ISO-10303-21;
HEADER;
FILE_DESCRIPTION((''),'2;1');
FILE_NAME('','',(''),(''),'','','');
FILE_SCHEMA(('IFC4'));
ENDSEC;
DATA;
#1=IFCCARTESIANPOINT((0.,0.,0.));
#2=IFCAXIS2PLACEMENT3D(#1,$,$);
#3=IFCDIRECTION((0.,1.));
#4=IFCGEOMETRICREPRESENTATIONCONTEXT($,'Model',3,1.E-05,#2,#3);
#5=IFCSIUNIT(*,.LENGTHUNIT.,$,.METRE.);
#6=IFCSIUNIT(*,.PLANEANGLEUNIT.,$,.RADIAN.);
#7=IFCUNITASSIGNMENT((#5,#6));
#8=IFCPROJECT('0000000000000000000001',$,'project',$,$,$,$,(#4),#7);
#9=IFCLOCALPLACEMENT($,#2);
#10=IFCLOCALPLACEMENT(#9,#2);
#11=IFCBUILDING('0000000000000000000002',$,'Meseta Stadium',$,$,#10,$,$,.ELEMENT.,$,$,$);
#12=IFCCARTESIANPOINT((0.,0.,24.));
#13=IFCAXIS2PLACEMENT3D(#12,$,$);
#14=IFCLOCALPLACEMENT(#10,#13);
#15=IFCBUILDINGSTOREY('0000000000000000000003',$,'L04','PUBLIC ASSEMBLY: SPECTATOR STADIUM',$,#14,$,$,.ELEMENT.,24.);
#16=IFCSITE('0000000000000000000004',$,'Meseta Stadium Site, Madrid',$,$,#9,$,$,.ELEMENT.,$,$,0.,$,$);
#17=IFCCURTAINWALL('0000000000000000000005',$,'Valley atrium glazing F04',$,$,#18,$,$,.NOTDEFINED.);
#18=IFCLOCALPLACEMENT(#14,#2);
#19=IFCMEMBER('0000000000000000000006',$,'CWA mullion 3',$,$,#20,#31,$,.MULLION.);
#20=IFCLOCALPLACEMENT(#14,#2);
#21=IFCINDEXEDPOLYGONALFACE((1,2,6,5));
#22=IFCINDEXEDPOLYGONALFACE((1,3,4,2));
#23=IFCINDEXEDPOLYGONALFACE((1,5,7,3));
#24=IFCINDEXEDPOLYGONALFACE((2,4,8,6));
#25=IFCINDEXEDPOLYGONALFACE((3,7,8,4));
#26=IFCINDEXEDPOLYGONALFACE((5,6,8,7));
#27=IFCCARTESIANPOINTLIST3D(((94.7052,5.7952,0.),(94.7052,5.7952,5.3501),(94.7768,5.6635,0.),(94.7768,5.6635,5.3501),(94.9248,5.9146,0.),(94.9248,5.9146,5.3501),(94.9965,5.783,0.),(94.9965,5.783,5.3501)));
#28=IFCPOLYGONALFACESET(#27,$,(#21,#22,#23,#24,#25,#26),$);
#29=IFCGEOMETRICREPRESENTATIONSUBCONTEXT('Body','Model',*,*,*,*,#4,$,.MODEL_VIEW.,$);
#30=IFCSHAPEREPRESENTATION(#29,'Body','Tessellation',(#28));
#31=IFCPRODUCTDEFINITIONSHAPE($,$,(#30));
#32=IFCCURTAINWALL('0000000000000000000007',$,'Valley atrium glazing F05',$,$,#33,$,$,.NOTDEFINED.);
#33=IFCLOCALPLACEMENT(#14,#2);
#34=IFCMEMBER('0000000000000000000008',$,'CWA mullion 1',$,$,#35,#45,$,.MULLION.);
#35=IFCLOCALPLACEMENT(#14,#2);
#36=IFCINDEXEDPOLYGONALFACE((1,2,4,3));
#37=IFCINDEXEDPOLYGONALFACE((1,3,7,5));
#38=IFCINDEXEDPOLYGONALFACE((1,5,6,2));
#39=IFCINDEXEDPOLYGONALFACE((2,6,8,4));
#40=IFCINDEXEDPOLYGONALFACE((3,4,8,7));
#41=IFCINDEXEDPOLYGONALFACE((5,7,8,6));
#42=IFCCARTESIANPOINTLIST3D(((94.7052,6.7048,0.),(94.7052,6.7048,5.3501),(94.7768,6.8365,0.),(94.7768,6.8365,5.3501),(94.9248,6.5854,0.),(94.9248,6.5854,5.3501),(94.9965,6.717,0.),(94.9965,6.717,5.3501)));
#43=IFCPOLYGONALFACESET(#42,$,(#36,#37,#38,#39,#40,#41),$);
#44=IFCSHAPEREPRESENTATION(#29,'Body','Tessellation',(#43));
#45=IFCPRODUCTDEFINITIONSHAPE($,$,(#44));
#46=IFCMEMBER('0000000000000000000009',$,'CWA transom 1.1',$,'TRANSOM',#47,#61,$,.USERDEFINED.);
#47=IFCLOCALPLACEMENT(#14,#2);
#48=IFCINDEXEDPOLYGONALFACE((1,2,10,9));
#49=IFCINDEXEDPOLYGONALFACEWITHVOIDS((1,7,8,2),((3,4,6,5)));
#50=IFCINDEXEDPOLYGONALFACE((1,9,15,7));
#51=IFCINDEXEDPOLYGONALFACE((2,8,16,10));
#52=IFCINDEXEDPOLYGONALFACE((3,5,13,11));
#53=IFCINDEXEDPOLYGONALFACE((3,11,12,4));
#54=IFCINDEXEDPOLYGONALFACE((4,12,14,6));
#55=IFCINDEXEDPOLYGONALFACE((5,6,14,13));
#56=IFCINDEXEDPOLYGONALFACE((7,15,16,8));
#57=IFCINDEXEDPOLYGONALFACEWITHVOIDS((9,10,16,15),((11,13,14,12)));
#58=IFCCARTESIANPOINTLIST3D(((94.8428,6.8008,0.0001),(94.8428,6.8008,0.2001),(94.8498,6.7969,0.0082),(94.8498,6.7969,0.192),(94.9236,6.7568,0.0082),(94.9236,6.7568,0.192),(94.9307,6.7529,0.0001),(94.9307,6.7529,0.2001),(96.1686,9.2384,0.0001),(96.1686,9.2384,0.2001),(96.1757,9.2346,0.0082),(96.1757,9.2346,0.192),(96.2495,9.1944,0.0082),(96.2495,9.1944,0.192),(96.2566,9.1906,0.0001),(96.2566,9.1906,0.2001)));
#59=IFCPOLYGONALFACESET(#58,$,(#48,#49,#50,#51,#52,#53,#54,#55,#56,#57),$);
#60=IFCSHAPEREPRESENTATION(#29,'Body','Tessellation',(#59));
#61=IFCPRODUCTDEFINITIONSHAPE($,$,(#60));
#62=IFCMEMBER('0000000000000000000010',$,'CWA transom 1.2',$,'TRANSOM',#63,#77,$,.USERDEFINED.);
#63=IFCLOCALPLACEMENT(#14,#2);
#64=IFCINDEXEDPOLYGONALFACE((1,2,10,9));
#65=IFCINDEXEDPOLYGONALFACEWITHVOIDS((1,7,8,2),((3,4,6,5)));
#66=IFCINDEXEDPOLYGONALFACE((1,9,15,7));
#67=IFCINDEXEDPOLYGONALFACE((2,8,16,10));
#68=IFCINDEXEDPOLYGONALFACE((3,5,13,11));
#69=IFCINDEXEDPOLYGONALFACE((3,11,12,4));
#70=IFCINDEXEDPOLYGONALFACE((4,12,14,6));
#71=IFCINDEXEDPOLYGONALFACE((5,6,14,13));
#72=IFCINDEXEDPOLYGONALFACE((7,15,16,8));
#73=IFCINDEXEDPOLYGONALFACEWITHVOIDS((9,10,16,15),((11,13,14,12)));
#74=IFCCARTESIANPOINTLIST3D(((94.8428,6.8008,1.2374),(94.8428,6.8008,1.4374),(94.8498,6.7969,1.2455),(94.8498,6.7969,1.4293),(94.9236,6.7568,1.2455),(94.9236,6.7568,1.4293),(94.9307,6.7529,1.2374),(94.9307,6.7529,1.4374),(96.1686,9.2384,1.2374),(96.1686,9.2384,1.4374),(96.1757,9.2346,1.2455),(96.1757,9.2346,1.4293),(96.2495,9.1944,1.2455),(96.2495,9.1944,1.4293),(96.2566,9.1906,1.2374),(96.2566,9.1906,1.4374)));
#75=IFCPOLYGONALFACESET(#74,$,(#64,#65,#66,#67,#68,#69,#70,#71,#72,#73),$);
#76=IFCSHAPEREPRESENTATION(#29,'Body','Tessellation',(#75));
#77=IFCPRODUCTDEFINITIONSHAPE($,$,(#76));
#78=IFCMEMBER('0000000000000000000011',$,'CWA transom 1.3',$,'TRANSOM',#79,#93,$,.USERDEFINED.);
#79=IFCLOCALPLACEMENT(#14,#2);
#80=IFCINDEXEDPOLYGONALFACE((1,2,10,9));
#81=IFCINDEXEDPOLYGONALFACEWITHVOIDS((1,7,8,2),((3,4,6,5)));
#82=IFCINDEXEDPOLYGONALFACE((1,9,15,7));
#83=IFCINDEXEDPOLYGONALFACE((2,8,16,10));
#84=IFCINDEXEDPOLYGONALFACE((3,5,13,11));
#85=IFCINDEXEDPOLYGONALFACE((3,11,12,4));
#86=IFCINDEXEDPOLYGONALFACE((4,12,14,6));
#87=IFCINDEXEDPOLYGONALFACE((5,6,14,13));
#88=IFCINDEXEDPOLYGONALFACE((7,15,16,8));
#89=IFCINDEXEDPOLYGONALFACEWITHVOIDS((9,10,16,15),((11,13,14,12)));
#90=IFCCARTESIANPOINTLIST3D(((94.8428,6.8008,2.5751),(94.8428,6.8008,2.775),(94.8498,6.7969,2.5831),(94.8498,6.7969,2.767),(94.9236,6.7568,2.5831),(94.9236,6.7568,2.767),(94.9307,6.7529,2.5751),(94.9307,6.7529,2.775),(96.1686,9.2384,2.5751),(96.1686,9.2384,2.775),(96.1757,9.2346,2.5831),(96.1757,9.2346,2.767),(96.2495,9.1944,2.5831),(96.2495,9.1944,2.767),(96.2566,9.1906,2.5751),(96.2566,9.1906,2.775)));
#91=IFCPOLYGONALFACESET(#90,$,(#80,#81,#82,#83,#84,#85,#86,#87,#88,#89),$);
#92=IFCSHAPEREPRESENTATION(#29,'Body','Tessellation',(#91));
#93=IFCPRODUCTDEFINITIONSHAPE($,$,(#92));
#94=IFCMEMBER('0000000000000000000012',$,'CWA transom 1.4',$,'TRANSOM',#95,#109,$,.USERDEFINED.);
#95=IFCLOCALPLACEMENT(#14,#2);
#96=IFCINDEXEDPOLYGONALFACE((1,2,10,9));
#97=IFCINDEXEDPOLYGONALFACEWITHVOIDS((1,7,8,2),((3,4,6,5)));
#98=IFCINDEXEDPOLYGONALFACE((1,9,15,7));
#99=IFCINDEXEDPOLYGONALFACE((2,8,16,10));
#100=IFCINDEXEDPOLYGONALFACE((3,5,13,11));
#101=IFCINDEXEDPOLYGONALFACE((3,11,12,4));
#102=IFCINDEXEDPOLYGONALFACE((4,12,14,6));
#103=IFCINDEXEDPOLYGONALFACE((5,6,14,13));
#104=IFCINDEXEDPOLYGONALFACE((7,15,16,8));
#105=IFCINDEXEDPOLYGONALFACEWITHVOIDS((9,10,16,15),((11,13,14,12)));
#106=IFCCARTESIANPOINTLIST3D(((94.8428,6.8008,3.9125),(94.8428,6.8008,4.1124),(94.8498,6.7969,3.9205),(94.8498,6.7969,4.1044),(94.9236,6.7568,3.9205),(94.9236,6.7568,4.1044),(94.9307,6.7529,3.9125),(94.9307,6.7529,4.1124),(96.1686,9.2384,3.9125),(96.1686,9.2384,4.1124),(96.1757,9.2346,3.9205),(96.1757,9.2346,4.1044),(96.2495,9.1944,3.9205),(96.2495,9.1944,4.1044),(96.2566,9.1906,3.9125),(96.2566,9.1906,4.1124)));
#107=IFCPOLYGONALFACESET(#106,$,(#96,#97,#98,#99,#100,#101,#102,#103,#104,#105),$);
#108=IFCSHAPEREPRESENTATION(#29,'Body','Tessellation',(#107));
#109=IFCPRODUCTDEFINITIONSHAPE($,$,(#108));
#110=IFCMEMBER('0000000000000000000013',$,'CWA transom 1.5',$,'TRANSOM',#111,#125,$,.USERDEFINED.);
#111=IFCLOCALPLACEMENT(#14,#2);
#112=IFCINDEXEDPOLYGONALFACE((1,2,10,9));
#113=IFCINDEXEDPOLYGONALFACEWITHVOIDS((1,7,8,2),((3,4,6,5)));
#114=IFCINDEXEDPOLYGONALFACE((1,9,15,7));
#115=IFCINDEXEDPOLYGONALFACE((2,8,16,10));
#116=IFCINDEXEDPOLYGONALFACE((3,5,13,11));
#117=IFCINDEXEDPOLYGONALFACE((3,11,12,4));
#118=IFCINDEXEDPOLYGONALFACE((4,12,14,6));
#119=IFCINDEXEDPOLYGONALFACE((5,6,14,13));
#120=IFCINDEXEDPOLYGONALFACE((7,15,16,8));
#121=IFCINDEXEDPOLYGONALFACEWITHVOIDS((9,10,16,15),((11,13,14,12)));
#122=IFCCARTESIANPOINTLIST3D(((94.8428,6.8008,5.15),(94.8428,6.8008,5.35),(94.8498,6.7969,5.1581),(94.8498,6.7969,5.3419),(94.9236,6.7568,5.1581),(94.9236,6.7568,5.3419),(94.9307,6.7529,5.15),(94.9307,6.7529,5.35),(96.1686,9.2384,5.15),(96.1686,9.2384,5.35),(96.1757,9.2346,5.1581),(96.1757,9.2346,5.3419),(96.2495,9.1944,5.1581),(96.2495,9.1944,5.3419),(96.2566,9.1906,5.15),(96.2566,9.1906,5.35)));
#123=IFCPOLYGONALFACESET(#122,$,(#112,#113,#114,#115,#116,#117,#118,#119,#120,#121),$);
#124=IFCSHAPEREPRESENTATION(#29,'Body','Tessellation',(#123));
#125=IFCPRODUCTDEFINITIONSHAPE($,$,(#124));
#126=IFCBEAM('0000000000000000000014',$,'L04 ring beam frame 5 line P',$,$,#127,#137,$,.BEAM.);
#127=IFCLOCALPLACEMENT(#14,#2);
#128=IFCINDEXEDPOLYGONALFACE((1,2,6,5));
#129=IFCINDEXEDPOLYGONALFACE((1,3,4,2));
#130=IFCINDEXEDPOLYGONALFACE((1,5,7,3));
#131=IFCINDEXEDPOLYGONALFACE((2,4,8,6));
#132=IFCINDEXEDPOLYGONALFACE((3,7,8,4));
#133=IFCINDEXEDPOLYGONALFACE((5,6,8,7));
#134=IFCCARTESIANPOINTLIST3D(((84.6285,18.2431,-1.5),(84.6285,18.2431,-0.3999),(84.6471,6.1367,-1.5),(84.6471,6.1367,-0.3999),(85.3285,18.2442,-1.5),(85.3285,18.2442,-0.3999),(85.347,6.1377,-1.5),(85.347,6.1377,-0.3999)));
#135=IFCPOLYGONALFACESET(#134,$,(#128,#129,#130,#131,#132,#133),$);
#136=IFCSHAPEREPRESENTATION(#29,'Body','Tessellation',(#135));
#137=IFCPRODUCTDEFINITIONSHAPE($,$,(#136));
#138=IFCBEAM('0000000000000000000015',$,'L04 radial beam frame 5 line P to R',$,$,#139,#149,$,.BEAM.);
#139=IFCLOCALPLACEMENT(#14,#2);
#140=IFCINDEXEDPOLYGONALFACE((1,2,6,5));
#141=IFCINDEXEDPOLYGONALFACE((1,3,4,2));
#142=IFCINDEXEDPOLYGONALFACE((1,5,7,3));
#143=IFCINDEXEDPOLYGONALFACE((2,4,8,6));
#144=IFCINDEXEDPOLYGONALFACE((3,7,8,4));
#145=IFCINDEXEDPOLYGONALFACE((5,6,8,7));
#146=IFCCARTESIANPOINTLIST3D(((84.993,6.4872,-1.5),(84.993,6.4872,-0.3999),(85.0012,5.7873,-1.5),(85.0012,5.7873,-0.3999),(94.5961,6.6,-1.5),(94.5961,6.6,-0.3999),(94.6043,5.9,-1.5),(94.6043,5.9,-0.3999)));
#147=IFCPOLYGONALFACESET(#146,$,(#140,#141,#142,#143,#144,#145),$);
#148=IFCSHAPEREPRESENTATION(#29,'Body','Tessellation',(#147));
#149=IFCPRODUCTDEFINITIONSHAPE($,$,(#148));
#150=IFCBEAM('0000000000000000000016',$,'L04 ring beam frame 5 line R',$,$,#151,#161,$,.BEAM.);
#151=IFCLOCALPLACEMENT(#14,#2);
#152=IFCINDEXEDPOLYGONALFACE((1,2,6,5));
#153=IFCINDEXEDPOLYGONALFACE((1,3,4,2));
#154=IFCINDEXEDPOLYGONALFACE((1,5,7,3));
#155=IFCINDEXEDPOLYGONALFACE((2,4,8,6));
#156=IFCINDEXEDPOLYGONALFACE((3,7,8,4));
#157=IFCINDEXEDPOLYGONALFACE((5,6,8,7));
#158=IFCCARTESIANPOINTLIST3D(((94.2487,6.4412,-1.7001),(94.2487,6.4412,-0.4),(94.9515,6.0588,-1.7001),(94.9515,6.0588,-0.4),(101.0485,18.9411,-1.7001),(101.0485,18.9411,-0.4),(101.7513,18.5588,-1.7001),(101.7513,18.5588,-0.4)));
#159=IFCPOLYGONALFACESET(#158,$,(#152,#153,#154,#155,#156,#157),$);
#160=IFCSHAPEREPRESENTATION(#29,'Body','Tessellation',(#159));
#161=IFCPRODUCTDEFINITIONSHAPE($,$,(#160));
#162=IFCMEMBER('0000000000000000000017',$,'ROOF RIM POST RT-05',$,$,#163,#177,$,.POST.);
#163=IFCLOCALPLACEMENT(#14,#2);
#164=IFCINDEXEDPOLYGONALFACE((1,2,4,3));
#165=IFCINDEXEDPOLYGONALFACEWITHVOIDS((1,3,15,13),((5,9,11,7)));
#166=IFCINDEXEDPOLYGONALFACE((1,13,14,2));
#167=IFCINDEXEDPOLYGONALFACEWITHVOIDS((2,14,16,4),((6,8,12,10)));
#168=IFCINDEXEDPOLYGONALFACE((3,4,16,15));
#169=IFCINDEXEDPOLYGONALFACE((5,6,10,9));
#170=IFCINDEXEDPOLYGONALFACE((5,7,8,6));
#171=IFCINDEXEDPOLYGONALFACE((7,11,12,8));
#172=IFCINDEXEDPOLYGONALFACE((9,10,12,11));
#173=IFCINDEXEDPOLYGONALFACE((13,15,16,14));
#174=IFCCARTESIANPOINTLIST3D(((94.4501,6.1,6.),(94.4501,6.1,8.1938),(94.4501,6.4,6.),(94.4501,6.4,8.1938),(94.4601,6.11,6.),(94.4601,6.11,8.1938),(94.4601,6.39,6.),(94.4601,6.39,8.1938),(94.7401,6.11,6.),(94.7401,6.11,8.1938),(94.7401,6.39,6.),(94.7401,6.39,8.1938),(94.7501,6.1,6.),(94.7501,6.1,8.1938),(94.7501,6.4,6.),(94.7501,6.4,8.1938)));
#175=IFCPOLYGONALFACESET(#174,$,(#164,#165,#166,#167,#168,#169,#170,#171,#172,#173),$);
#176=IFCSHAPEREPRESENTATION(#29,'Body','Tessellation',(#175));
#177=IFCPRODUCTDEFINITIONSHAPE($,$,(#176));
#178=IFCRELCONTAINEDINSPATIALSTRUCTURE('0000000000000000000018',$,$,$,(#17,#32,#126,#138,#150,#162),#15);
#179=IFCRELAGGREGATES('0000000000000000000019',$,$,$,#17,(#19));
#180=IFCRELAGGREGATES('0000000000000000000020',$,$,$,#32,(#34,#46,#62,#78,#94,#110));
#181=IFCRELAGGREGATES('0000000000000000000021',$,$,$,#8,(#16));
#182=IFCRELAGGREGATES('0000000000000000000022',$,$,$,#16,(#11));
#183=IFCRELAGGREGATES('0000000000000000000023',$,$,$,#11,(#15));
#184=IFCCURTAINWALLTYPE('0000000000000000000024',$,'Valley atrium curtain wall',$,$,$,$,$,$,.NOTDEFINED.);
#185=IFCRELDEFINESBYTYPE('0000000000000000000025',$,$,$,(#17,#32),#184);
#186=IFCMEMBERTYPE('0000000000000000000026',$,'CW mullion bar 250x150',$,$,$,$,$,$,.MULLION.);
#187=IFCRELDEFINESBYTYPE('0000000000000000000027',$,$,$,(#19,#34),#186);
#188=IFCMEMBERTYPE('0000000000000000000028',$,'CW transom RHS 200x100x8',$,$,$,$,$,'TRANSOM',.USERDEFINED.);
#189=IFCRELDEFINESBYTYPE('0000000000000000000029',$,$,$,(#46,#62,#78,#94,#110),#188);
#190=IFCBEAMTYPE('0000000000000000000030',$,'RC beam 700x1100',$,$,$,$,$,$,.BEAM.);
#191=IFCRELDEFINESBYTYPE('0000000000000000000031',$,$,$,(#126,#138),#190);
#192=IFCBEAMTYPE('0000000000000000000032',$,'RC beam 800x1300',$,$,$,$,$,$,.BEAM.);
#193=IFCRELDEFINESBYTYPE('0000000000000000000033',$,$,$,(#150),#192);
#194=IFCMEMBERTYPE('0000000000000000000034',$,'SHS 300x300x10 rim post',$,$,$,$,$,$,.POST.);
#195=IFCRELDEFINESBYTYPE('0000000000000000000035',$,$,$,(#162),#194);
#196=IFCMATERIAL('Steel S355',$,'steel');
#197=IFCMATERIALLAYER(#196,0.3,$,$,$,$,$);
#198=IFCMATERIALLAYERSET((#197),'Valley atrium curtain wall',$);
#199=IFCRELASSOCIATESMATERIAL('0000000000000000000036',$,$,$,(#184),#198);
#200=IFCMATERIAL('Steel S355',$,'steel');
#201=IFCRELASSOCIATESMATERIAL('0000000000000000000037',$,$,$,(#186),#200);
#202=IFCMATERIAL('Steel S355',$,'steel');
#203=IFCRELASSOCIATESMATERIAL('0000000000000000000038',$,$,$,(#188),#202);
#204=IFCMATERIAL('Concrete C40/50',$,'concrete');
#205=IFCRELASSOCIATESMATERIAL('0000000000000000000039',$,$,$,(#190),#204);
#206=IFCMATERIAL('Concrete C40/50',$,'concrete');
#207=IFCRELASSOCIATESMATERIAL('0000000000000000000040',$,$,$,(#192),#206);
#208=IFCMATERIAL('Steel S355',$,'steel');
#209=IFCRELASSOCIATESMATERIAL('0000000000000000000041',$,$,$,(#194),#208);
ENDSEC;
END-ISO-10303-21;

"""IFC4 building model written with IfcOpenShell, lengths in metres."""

from ifc_helpers import new_model, si_unit, direction, frame, origin, origin_2d, place, context, subcontext, project, spatial, rectangle, hollow_rectangle, extrude, material, layer, layer_set, material_profile, profile_set, type_object, element, aggregate, save


model = new_model("IFC4")

# Units and contexts
model_context = context("Model", 3, precision=1e-05, world=origin(), true_north=direction((0.0, 1.0)))
body_context = subcontext(model_context, "Body", "Model", "MODEL_VIEW")
ifc_project = project(units=[si_unit("LENGTHUNIT", "METRE"), si_unit("PLANEANGLEUNIT", "RADIAN")], contexts=[model_context])

# Site, building, storey
site_placement = place(None, origin())
site = spatial("IfcSite", under=ifc_project, at=site_placement, Name="Meseta Stadium Site, Madrid", CompositionType="ELEMENT", RefElevation=0.0)
building_placement = place(site_placement, origin())
building = spatial("IfcBuilding", under=site, at=building_placement, Name="Meseta Stadium", CompositionType="ELEMENT")
storey_placement = place(building_placement, frame((0.0, 0.0, 24.0)))
storey = spatial("IfcBuildingStorey", under=building, at=storey_placement, Name="L04", Description="PUBLIC ASSEMBLY: SPECTATOR STADIUM", CompositionType="ELEMENT", Elevation=24.0)

# Curtain wall, member
ifc_material_1 = material(Name="Steel S355", Category="steel")
ifc_layer_1 = layer(ifc_material_1, 0.3)
ifc_layer_set_1 = layer_set([ifc_layer_1], Name="Valley atrium curtain wall")
curtain_wall_type = type_object("IfcCurtainWallType", Name="Valley atrium curtain wall", PredefinedType="NOTDEFINED", material=ifc_layer_set_1)
curtain_wall_1_placement = place(storey_placement, origin())
curtain_wall_1 = element("IfcCurtainWall", 1, at=curtain_wall_1_placement, inside=storey, type_object=curtain_wall_type, Name="Valley atrium glazing F04", PredefinedType="NOTDEFINED")
ifc_material_2 = material(Name="Steel S355", Category="steel")
ifc_material_profile_1 = material_profile(ifc_material_2, rectangle(XDim=0.25, YDim=0.1499, at=origin_2d()), Name="CW 250x150")
ifc_profile_set_1 = profile_set([ifc_material_profile_1], Name="Steel S355")
member_type_1 = type_object("IfcMemberType", Name="CW mullion bar 250x150", PredefinedType="MULLION", material=ifc_profile_set_1)
member_1_placement = place(storey_placement, frame((94.8508, 5.7891, 0.0), z_axis=(0.0, 0.0, 1.0), x_axis=(-0.878432, -0.477867, 0.0)))
member_1 = element("IfcMember", 2, at=member_1_placement, type_object=member_type_1, Name="CWA mullion 3", PredefinedType="MULLION", context=body_context, shape_type="SweptSolid", body=[
    extrude(rectangle(XDim=0.25, YDim=0.1499, at=origin_2d()), origin(), (0.0, 0.0, 1.0), 5.3501),
])
aggregate(curtain_wall_1, [member_1])

# Curtain wall, members
curtain_wall_2_placement = place(storey_placement, origin())
curtain_wall_2 = element("IfcCurtainWall", 3, at=curtain_wall_2_placement, inside=storey, type_object=curtain_wall_type, Name="Valley atrium glazing F05", PredefinedType="NOTDEFINED")
member_2_placement = place(storey_placement, frame((94.8508, 6.7109, 0.0), z_axis=(0.0, 0.0, 1.0), x_axis=(-0.878432, 0.477867, 0.0)))
member_2 = element("IfcMember", 4, at=member_2_placement, type_object=member_type_1, Name="CWA mullion 1", PredefinedType="MULLION", context=body_context, shape_type="SweptSolid", body=[
    extrude(rectangle(XDim=0.25, YDim=0.1499, at=origin_2d()), origin(), (0.0, 0.0, 1.0), 5.3501),
])
ifc_material_3 = material(Name="Steel S355", Category="steel")
ifc_material_profile_2 = material_profile(ifc_material_3, hollow_rectangle(XDim=0.1001, YDim=0.2, WallThickness=0.0081, at=origin_2d()), Name="RHS 200x100x8")
ifc_profile_set_2 = profile_set([ifc_material_profile_2], Name="Steel S355")
member_type_2 = type_object("IfcMemberType", Name="CW transom RHS 200x100x8", ElementType="TRANSOM", PredefinedType="USERDEFINED", material=ifc_profile_set_2)
member_3_placement = place(storey_placement, frame((94.8867, 6.7769, 0.1001), z_axis=(0.47781, 0.878463, 0.0), x_axis=(-0.878463, 0.47781, 0.0)))
member_3 = element("IfcMember", 5, at=member_3_placement, type_object=member_type_2, Name="CWA transom 1.1", ObjectType="TRANSOM", PredefinedType="USERDEFINED", context=body_context, shape_type="SweptSolid", body=[
    extrude(hollow_rectangle(XDim=0.1001, YDim=0.2, WallThickness=0.0081, at=origin_2d()), origin(), (0.0, 0.0, 1.0), 2.7749),
])
member_4_placement = place(storey_placement, frame((94.8867, 6.7769, 1.3374), z_axis=(0.47781, 0.878463, 0.0), x_axis=(-0.878463, 0.47781, 0.0)))
member_4 = element("IfcMember", 6, at=member_4_placement, type_object=member_type_2, Name="CWA transom 1.2", ObjectType="TRANSOM", PredefinedType="USERDEFINED", context=body_context, shape_type="SweptSolid", body=[
    extrude(hollow_rectangle(XDim=0.1001, YDim=0.2, WallThickness=0.0081, at=origin_2d()), origin(), (0.0, 0.0, 1.0), 2.7749),
])
member_5_placement = place(storey_placement, frame((94.8867, 6.7769, 2.675), z_axis=(0.47781, 0.878463, 0.0), x_axis=(-0.878463, 0.47781, 0.0)))
member_5 = element("IfcMember", 7, at=member_5_placement, type_object=member_type_2, Name="CWA transom 1.3", ObjectType="TRANSOM", PredefinedType="USERDEFINED", context=body_context, shape_type="SweptSolid", body=[
    extrude(hollow_rectangle(XDim=0.1001, YDim=0.2, WallThickness=0.0081, at=origin_2d()), origin(), (0.0, 0.0, 1.0), 2.7749),
])
member_6_placement = place(storey_placement, frame((94.8867, 6.7769, 4.0125), z_axis=(0.47781, 0.878463, 0.0), x_axis=(-0.878463, 0.47781, 0.0)))
member_6 = element("IfcMember", 8, at=member_6_placement, type_object=member_type_2, Name="CWA transom 1.4", ObjectType="TRANSOM", PredefinedType="USERDEFINED", context=body_context, shape_type="SweptSolid", body=[
    extrude(hollow_rectangle(XDim=0.1001, YDim=0.2, WallThickness=0.0081, at=origin_2d()), origin(), (0.0, 0.0, 1.0), 2.7749),
])
member_7_placement = place(storey_placement, frame((94.8867, 6.7769, 5.25), z_axis=(0.47781, 0.878463, 0.0), x_axis=(-0.878463, 0.47781, 0.0)))
member_7 = element("IfcMember", 9, at=member_7_placement, type_object=member_type_2, Name="CWA transom 1.5", ObjectType="TRANSOM", PredefinedType="USERDEFINED", context=body_context, shape_type="SweptSolid", body=[
    extrude(hollow_rectangle(XDim=0.1001, YDim=0.2, WallThickness=0.0081, at=origin_2d()), origin(), (0.0, 0.0, 1.0), 2.7749),
])
aggregate(curtain_wall_2, [member_2, member_3, member_4, member_5, member_6, member_7])

# Beams
ifc_material_4 = material(Name="Concrete C40/50", Category="concrete")
ifc_material_profile_3 = material_profile(ifc_material_4, rectangle(XDim=0.7, YDim=1.1001, at=origin_2d()), Name="RC 700x1100")
ifc_profile_set_3 = profile_set([ifc_material_profile_3], Name="Concrete C40/50")
beam_type_1 = type_object("IfcBeamType", Name="RC beam 700x1100", PredefinedType="BEAM", material=ifc_profile_set_3)
beam_1_placement = place(storey_placement, frame((84.9971, 6.1372, -0.95), z_axis=(-0.001533, 0.999999, 0.0), x_axis=(-0.999999, -0.001533, 0.0)))
element("IfcBeam", 10, at=beam_1_placement, inside=storey, type_object=beam_type_1, Name="L04 ring beam frame 5 line P", PredefinedType="BEAM", context=body_context, shape_type="SweptSolid", body=[
    extrude(rectangle(XDim=0.7, YDim=1.1001, at=origin_2d()), origin(), (0.0, 0.0, 1.0), 12.1064),
])
beam_2_placement = place(storey_placement, frame((84.9971, 6.1372, -0.95), z_axis=(0.999931, 0.011745, 0.0), x_axis=(-0.011745, 0.999931, 0.0)))
element("IfcBeam", 11, at=beam_2_placement, inside=storey, type_object=beam_type_1, Name="L04 radial beam frame 5 line P to R", PredefinedType="BEAM", context=body_context, shape_type="SweptSolid", body=[
    extrude(rectangle(XDim=0.7, YDim=1.1001, at=origin_2d()), origin(), (0.0, 0.0, 1.0), 9.6038),
])
ifc_material_5 = material(Name="Concrete C40/50", Category="concrete")
ifc_material_profile_4 = material_profile(ifc_material_5, rectangle(XDim=0.8, YDim=1.3, at=origin_2d()), Name="RC 800x1300")
ifc_profile_set_4 = profile_set([ifc_material_profile_4], Name="Concrete C40/50")
beam_type_2 = type_object("IfcBeamType", Name="RC beam 800x1300", PredefinedType="BEAM", material=ifc_profile_set_4)
beam_3_placement = place(storey_placement, frame((94.6001, 6.25, -1.05), z_axis=(0.477856, 0.878438, 0.0), x_axis=(-0.878438, 0.477856, 0.0)))
element("IfcBeam", 12, at=beam_3_placement, inside=storey, type_object=beam_type_2, Name="L04 ring beam frame 5 line R", PredefinedType="BEAM", context=body_context, shape_type="SweptSolid", body=[
    extrude(rectangle(XDim=0.8, YDim=1.3, at=origin_2d()), origin(), (0.0, 0.0, 1.0), 14.2297),
])

# Member
ifc_material_6 = material(Name="Steel S355", Category="steel")
ifc_material_profile_5 = material_profile(ifc_material_6, hollow_rectangle(XDim=0.3, YDim=0.3, WallThickness=0.01, at=origin_2d()), Name="SHS 300x300x10")
ifc_profile_set_5 = profile_set([ifc_material_profile_5], Name="Steel S355")
member_type_3 = type_object("IfcMemberType", Name="SHS 300x300x10 rim post", PredefinedType="POST", material=ifc_profile_set_5)
member_8_placement = place(storey_placement, frame((94.6001, 6.25, 6.0), z_axis=(0.0, 0.0, 1.0), x_axis=(1.0, 0.0, 0.0)))
element("IfcMember", 13, at=member_8_placement, inside=storey, type_object=member_type_3, Name="ROOF RIM POST RT-05", PredefinedType="POST", context=body_context, shape_type="SweptSolid", body=[
    extrude(hollow_rectangle(XDim=0.3, YDim=0.3, WallThickness=0.01, at=origin_2d()), origin(), (0.0, 0.0, 1.0), 2.1938),
])

save(model, "model.ifc")
